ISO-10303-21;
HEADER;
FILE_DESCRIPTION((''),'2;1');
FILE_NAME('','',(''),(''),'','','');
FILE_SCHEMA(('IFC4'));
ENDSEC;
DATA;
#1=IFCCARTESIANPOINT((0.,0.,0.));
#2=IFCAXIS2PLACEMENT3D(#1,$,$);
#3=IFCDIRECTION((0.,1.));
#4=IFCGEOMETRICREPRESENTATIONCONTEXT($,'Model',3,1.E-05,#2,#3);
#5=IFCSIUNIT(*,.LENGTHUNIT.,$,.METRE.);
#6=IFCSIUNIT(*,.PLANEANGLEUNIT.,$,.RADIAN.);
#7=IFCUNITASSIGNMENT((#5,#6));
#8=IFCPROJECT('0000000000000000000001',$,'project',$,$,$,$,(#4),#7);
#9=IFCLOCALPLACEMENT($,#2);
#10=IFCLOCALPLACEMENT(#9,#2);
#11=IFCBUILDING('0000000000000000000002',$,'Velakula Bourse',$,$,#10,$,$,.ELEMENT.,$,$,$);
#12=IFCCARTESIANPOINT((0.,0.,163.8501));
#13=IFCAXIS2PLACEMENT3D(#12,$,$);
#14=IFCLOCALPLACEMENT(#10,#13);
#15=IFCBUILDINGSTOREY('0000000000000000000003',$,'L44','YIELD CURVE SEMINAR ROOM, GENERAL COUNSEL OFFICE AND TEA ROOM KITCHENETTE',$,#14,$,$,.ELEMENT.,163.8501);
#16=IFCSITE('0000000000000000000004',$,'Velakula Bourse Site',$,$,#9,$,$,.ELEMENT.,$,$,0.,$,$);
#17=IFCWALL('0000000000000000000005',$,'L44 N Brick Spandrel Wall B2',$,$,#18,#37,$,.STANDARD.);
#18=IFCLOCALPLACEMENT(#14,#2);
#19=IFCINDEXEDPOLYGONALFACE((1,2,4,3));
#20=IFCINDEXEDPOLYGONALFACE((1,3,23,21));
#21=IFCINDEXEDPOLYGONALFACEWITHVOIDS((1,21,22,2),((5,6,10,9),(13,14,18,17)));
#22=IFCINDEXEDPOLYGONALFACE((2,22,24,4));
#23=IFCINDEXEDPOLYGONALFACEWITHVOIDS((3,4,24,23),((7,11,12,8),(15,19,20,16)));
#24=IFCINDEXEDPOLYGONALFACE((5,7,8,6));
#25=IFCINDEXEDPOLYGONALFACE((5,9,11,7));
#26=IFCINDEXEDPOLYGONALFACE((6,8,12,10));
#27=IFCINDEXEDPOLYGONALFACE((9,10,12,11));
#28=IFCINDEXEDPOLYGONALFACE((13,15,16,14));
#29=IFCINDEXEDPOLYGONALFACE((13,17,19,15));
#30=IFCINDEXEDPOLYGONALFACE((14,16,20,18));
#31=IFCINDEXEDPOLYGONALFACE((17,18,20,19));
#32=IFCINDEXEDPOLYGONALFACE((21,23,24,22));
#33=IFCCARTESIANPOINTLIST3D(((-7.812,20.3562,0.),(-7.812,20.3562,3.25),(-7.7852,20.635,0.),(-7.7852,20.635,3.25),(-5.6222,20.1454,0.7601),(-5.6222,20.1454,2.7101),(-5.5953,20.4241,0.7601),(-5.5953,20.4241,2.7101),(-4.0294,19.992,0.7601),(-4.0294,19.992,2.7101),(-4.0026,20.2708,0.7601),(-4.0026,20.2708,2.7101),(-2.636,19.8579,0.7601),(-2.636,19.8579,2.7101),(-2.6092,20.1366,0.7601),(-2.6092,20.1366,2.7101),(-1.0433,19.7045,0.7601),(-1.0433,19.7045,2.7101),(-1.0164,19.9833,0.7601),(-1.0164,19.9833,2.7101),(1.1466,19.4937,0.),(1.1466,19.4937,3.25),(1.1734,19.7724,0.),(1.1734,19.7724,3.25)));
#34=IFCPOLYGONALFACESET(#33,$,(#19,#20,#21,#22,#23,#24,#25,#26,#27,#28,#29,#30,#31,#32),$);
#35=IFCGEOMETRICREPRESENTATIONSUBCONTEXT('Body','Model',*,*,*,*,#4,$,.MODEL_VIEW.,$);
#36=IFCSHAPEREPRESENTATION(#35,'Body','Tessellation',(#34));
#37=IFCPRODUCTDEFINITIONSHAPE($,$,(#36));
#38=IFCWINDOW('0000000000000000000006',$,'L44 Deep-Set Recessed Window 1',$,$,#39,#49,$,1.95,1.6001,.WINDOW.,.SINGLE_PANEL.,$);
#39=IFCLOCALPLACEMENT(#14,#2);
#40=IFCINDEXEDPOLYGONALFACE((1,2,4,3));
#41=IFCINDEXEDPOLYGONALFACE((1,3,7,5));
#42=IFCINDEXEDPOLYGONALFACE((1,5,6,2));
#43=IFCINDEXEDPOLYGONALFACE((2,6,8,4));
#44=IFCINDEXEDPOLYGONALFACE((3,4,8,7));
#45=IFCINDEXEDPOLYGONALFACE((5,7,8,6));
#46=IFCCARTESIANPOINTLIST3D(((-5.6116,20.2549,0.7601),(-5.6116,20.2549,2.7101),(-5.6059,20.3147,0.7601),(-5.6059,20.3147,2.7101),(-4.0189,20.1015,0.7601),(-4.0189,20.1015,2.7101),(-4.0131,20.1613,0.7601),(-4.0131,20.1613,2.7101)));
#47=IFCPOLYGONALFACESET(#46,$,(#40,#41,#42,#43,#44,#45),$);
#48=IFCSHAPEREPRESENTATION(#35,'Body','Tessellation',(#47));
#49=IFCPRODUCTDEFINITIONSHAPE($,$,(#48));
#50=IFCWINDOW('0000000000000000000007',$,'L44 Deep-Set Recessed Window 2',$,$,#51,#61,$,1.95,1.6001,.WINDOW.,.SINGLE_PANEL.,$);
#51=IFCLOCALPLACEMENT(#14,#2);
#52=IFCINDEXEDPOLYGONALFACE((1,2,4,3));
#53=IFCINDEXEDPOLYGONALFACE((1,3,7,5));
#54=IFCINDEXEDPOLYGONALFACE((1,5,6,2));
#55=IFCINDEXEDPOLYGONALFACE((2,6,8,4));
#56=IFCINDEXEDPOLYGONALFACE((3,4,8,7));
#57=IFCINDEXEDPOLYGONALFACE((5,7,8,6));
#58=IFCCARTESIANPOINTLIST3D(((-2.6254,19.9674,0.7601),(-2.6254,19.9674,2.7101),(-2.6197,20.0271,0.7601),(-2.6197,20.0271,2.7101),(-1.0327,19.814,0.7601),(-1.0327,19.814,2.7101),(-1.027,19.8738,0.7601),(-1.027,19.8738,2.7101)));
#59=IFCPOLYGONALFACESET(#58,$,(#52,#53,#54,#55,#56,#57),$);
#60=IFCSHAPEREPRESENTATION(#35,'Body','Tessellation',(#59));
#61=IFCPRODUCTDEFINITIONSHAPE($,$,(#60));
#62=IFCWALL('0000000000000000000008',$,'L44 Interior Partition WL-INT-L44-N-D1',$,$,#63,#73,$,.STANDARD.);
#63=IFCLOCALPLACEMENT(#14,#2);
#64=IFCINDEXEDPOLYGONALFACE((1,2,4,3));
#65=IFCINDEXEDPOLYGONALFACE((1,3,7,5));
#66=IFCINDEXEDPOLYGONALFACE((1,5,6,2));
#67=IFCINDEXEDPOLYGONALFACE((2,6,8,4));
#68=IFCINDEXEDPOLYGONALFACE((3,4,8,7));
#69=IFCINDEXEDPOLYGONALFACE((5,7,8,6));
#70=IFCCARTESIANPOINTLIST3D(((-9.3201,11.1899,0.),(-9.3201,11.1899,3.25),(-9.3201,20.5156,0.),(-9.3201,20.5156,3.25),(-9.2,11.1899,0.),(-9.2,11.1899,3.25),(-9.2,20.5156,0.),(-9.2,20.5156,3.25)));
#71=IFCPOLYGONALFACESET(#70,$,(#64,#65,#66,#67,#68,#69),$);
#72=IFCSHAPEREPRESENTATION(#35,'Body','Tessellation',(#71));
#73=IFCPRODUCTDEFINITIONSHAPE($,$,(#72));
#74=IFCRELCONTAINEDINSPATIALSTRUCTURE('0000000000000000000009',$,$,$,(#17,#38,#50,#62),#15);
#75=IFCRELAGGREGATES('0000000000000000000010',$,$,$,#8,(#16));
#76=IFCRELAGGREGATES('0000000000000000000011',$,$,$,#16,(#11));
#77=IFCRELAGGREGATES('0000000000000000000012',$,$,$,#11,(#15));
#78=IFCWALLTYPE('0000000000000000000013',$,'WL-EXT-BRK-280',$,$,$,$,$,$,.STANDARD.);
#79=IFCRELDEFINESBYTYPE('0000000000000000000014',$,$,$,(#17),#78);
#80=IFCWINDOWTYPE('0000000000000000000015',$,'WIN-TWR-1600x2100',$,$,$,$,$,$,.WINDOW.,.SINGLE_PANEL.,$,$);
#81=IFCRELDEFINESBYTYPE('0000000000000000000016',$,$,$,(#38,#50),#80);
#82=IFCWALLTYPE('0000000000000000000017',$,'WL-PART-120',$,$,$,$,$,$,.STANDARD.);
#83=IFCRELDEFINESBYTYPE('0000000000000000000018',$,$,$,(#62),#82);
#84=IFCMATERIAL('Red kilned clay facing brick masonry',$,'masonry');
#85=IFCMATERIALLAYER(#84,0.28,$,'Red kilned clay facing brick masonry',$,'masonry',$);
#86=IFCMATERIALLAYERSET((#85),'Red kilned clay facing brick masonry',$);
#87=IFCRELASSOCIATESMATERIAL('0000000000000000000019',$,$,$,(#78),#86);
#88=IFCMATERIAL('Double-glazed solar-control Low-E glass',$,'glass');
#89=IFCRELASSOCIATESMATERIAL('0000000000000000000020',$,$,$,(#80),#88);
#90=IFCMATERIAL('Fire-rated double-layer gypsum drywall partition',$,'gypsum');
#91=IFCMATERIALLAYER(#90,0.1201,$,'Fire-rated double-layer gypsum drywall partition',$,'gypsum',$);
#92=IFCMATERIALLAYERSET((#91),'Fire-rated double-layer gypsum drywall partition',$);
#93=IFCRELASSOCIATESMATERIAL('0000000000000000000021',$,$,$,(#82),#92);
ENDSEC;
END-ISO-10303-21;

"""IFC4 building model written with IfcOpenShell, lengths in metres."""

from ifc_helpers import new_model, si_unit, direction, frame, frame_2d, origin, place, context, subcontext, project, spatial, rectangle, extrude, material, layer, layer_set, type_object, element, fill, save


model = new_model("IFC4")

# Units and contexts
model_context = context("Model", 3, precision=1e-05, world=origin(), true_north=direction((0.0, 1.0)))
body_context = subcontext(model_context, "Body", "Model", "MODEL_VIEW")
ifc_project = project(units=[si_unit("LENGTHUNIT", "METRE"), si_unit("PLANEANGLEUNIT", "RADIAN")], contexts=[model_context])

# Site, building, storey
site_placement = place(None, origin())
site = spatial("IfcSite", under=ifc_project, at=site_placement, Name="Velakula Bourse Site", CompositionType="ELEMENT", RefElevation=0.0)
building_placement = place(site_placement, origin())
building = spatial("IfcBuilding", under=site, at=building_placement, Name="Velakula Bourse", CompositionType="ELEMENT")
storey_placement = place(building_placement, frame((0.0, 0.0, 163.8501)))
storey = spatial("IfcBuildingStorey", under=building, at=storey_placement, Name="L44", Description="YIELD CURVE SEMINAR ROOM, GENERAL COUNSEL OFFICE AND TEA ROOM KITCHENETTE", CompositionType="ELEMENT", Elevation=163.8501)

# Wall, openings, windows
ifc_material_1 = material(Name="Red kilned clay facing brick masonry", Category="masonry")
ifc_layer_1 = layer(ifc_material_1, 0.28, Name="Red kilned clay facing brick masonry", Category="masonry")
ifc_layer_set_1 = layer_set([ifc_layer_1], Name="Red kilned clay facing brick masonry")
wall_type_1 = type_object("IfcWallType", Name="WL-EXT-BRK-280", PredefinedType="STANDARD", material=ifc_layer_set_1)
wall_1_placement = place(storey_placement, frame((-7.7986, 20.4956, 0.0), z_axis=(0.0, 0.0, 1.0), x_axis=(0.995397, -0.09584, 0.0)))
wall_1 = element("IfcWall", 1, at=wall_1_placement, inside=storey, type_object=wall_type_1, Name="L44 N Brick Spandrel Wall B2", PredefinedType="STANDARD", context=body_context, shape_type="SweptSolid", body=[
    extrude(rectangle(XDim=9.0, YDim=0.28, at=frame_2d((4.5, 0.0))), origin(), (0.0, 0.0, 1.0), 3.25),
])
opening_1_placement = place(wall_1_placement, frame((2.2, 0.0, 0.76)))
opening_1 = element("IfcOpeningElement", 2, at=opening_1_placement, cuts=wall_1, PredefinedType="OPENING", context=body_context, shape_type="SweptSolid", body=[
    extrude(rectangle(XDim=1.6001, YDim=1.95, at=frame_2d((0.8, 0.9751))), frame((0.0, 0.1499, 0.0), z_axis=(0.0, -1.0, 0.0), x_axis=(1.0, 0.0, 0.0)), (0.0, 0.0, 1.0), 0.3),
])
opening_2_placement = place(wall_1_placement, frame((5.2, 0.0, 0.76)))
opening_2 = element("IfcOpeningElement", 3, at=opening_2_placement, cuts=wall_1, PredefinedType="OPENING", context=body_context, shape_type="SweptSolid", body=[
    extrude(rectangle(XDim=1.6001, YDim=1.95, at=frame_2d((0.8, 0.9751))), frame((0.0, 0.1499, 0.0), z_axis=(0.0, -1.0, 0.0), x_axis=(1.0, 0.0, 0.0)), (0.0, 0.0, 1.0), 0.3),
])
ifc_material_2 = material(Name="Double-glazed solar-control Low-E glass", Category="glass")
window_type = type_object("IfcWindowType", Name="WIN-TWR-1600x2100", PartitioningType="SINGLE_PANEL", PredefinedType="WINDOW", material=ifc_material_2)
window_1_placement = place(opening_1_placement, origin())
window_1 = element("IfcWindow", 4, at=window_1_placement, inside=storey, type_object=window_type, Name="L44 Deep-Set Recessed Window 1", OverallHeight=1.95, OverallWidth=1.6001, PartitioningType="SINGLE_PANEL", PredefinedType="WINDOW", context=body_context, shape_type="SweptSolid", body=[
    extrude(rectangle(XDim=1.6001, YDim=1.95, at=frame_2d((0.8, 0.9751))), frame((0.0, 0.03, 0.0), z_axis=(0.0, -1.0, 0.0), x_axis=(1.0, 0.0, 0.0)), (0.0, 0.0, 1.0), 0.0601),
])
fill(opening_1, window_1)
window_2_placement = place(opening_2_placement, origin())
window_2 = element("IfcWindow", 5, at=window_2_placement, inside=storey, type_object=window_type, Name="L44 Deep-Set Recessed Window 2", OverallHeight=1.95, OverallWidth=1.6001, PartitioningType="SINGLE_PANEL", PredefinedType="WINDOW", context=body_context, shape_type="SweptSolid", body=[
    extrude(rectangle(XDim=1.6001, YDim=1.95, at=frame_2d((0.8, 0.9751))), frame((0.0, 0.03, 0.0), z_axis=(0.0, -1.0, 0.0), x_axis=(1.0, 0.0, 0.0)), (0.0, 0.0, 1.0), 0.0601),
])
fill(opening_2, window_2)

# Wall
ifc_material_3 = material(Name="Fire-rated double-layer gypsum drywall partition", Category="gypsum")
ifc_layer_2 = layer(ifc_material_3, 0.1201, Name="Fire-rated double-layer gypsum drywall partition", Category="gypsum")
ifc_layer_set_2 = layer_set([ifc_layer_2], Name="Fire-rated double-layer gypsum drywall partition")
wall_type_2 = type_object("IfcWallType", Name="WL-PART-120", PredefinedType="STANDARD", material=ifc_layer_set_2)
wall_2_placement = place(storey_placement, frame((-9.26, 11.1899, 0.0), z_axis=(0.0, 0.0, 1.0), x_axis=(0.0, 1.0, 0.0)))
element("IfcWall", 6, at=wall_2_placement, inside=storey, type_object=wall_type_2, Name="L44 Interior Partition WL-INT-L44-N-D1", PredefinedType="STANDARD", context=body_context, shape_type="SweptSolid", body=[
    extrude(rectangle(XDim=9.3257, YDim=0.1201, at=frame_2d((4.6628, 0.0))), origin(), (0.0, 0.0, 1.0), 3.25),
])

save(model, "model.ifc")
